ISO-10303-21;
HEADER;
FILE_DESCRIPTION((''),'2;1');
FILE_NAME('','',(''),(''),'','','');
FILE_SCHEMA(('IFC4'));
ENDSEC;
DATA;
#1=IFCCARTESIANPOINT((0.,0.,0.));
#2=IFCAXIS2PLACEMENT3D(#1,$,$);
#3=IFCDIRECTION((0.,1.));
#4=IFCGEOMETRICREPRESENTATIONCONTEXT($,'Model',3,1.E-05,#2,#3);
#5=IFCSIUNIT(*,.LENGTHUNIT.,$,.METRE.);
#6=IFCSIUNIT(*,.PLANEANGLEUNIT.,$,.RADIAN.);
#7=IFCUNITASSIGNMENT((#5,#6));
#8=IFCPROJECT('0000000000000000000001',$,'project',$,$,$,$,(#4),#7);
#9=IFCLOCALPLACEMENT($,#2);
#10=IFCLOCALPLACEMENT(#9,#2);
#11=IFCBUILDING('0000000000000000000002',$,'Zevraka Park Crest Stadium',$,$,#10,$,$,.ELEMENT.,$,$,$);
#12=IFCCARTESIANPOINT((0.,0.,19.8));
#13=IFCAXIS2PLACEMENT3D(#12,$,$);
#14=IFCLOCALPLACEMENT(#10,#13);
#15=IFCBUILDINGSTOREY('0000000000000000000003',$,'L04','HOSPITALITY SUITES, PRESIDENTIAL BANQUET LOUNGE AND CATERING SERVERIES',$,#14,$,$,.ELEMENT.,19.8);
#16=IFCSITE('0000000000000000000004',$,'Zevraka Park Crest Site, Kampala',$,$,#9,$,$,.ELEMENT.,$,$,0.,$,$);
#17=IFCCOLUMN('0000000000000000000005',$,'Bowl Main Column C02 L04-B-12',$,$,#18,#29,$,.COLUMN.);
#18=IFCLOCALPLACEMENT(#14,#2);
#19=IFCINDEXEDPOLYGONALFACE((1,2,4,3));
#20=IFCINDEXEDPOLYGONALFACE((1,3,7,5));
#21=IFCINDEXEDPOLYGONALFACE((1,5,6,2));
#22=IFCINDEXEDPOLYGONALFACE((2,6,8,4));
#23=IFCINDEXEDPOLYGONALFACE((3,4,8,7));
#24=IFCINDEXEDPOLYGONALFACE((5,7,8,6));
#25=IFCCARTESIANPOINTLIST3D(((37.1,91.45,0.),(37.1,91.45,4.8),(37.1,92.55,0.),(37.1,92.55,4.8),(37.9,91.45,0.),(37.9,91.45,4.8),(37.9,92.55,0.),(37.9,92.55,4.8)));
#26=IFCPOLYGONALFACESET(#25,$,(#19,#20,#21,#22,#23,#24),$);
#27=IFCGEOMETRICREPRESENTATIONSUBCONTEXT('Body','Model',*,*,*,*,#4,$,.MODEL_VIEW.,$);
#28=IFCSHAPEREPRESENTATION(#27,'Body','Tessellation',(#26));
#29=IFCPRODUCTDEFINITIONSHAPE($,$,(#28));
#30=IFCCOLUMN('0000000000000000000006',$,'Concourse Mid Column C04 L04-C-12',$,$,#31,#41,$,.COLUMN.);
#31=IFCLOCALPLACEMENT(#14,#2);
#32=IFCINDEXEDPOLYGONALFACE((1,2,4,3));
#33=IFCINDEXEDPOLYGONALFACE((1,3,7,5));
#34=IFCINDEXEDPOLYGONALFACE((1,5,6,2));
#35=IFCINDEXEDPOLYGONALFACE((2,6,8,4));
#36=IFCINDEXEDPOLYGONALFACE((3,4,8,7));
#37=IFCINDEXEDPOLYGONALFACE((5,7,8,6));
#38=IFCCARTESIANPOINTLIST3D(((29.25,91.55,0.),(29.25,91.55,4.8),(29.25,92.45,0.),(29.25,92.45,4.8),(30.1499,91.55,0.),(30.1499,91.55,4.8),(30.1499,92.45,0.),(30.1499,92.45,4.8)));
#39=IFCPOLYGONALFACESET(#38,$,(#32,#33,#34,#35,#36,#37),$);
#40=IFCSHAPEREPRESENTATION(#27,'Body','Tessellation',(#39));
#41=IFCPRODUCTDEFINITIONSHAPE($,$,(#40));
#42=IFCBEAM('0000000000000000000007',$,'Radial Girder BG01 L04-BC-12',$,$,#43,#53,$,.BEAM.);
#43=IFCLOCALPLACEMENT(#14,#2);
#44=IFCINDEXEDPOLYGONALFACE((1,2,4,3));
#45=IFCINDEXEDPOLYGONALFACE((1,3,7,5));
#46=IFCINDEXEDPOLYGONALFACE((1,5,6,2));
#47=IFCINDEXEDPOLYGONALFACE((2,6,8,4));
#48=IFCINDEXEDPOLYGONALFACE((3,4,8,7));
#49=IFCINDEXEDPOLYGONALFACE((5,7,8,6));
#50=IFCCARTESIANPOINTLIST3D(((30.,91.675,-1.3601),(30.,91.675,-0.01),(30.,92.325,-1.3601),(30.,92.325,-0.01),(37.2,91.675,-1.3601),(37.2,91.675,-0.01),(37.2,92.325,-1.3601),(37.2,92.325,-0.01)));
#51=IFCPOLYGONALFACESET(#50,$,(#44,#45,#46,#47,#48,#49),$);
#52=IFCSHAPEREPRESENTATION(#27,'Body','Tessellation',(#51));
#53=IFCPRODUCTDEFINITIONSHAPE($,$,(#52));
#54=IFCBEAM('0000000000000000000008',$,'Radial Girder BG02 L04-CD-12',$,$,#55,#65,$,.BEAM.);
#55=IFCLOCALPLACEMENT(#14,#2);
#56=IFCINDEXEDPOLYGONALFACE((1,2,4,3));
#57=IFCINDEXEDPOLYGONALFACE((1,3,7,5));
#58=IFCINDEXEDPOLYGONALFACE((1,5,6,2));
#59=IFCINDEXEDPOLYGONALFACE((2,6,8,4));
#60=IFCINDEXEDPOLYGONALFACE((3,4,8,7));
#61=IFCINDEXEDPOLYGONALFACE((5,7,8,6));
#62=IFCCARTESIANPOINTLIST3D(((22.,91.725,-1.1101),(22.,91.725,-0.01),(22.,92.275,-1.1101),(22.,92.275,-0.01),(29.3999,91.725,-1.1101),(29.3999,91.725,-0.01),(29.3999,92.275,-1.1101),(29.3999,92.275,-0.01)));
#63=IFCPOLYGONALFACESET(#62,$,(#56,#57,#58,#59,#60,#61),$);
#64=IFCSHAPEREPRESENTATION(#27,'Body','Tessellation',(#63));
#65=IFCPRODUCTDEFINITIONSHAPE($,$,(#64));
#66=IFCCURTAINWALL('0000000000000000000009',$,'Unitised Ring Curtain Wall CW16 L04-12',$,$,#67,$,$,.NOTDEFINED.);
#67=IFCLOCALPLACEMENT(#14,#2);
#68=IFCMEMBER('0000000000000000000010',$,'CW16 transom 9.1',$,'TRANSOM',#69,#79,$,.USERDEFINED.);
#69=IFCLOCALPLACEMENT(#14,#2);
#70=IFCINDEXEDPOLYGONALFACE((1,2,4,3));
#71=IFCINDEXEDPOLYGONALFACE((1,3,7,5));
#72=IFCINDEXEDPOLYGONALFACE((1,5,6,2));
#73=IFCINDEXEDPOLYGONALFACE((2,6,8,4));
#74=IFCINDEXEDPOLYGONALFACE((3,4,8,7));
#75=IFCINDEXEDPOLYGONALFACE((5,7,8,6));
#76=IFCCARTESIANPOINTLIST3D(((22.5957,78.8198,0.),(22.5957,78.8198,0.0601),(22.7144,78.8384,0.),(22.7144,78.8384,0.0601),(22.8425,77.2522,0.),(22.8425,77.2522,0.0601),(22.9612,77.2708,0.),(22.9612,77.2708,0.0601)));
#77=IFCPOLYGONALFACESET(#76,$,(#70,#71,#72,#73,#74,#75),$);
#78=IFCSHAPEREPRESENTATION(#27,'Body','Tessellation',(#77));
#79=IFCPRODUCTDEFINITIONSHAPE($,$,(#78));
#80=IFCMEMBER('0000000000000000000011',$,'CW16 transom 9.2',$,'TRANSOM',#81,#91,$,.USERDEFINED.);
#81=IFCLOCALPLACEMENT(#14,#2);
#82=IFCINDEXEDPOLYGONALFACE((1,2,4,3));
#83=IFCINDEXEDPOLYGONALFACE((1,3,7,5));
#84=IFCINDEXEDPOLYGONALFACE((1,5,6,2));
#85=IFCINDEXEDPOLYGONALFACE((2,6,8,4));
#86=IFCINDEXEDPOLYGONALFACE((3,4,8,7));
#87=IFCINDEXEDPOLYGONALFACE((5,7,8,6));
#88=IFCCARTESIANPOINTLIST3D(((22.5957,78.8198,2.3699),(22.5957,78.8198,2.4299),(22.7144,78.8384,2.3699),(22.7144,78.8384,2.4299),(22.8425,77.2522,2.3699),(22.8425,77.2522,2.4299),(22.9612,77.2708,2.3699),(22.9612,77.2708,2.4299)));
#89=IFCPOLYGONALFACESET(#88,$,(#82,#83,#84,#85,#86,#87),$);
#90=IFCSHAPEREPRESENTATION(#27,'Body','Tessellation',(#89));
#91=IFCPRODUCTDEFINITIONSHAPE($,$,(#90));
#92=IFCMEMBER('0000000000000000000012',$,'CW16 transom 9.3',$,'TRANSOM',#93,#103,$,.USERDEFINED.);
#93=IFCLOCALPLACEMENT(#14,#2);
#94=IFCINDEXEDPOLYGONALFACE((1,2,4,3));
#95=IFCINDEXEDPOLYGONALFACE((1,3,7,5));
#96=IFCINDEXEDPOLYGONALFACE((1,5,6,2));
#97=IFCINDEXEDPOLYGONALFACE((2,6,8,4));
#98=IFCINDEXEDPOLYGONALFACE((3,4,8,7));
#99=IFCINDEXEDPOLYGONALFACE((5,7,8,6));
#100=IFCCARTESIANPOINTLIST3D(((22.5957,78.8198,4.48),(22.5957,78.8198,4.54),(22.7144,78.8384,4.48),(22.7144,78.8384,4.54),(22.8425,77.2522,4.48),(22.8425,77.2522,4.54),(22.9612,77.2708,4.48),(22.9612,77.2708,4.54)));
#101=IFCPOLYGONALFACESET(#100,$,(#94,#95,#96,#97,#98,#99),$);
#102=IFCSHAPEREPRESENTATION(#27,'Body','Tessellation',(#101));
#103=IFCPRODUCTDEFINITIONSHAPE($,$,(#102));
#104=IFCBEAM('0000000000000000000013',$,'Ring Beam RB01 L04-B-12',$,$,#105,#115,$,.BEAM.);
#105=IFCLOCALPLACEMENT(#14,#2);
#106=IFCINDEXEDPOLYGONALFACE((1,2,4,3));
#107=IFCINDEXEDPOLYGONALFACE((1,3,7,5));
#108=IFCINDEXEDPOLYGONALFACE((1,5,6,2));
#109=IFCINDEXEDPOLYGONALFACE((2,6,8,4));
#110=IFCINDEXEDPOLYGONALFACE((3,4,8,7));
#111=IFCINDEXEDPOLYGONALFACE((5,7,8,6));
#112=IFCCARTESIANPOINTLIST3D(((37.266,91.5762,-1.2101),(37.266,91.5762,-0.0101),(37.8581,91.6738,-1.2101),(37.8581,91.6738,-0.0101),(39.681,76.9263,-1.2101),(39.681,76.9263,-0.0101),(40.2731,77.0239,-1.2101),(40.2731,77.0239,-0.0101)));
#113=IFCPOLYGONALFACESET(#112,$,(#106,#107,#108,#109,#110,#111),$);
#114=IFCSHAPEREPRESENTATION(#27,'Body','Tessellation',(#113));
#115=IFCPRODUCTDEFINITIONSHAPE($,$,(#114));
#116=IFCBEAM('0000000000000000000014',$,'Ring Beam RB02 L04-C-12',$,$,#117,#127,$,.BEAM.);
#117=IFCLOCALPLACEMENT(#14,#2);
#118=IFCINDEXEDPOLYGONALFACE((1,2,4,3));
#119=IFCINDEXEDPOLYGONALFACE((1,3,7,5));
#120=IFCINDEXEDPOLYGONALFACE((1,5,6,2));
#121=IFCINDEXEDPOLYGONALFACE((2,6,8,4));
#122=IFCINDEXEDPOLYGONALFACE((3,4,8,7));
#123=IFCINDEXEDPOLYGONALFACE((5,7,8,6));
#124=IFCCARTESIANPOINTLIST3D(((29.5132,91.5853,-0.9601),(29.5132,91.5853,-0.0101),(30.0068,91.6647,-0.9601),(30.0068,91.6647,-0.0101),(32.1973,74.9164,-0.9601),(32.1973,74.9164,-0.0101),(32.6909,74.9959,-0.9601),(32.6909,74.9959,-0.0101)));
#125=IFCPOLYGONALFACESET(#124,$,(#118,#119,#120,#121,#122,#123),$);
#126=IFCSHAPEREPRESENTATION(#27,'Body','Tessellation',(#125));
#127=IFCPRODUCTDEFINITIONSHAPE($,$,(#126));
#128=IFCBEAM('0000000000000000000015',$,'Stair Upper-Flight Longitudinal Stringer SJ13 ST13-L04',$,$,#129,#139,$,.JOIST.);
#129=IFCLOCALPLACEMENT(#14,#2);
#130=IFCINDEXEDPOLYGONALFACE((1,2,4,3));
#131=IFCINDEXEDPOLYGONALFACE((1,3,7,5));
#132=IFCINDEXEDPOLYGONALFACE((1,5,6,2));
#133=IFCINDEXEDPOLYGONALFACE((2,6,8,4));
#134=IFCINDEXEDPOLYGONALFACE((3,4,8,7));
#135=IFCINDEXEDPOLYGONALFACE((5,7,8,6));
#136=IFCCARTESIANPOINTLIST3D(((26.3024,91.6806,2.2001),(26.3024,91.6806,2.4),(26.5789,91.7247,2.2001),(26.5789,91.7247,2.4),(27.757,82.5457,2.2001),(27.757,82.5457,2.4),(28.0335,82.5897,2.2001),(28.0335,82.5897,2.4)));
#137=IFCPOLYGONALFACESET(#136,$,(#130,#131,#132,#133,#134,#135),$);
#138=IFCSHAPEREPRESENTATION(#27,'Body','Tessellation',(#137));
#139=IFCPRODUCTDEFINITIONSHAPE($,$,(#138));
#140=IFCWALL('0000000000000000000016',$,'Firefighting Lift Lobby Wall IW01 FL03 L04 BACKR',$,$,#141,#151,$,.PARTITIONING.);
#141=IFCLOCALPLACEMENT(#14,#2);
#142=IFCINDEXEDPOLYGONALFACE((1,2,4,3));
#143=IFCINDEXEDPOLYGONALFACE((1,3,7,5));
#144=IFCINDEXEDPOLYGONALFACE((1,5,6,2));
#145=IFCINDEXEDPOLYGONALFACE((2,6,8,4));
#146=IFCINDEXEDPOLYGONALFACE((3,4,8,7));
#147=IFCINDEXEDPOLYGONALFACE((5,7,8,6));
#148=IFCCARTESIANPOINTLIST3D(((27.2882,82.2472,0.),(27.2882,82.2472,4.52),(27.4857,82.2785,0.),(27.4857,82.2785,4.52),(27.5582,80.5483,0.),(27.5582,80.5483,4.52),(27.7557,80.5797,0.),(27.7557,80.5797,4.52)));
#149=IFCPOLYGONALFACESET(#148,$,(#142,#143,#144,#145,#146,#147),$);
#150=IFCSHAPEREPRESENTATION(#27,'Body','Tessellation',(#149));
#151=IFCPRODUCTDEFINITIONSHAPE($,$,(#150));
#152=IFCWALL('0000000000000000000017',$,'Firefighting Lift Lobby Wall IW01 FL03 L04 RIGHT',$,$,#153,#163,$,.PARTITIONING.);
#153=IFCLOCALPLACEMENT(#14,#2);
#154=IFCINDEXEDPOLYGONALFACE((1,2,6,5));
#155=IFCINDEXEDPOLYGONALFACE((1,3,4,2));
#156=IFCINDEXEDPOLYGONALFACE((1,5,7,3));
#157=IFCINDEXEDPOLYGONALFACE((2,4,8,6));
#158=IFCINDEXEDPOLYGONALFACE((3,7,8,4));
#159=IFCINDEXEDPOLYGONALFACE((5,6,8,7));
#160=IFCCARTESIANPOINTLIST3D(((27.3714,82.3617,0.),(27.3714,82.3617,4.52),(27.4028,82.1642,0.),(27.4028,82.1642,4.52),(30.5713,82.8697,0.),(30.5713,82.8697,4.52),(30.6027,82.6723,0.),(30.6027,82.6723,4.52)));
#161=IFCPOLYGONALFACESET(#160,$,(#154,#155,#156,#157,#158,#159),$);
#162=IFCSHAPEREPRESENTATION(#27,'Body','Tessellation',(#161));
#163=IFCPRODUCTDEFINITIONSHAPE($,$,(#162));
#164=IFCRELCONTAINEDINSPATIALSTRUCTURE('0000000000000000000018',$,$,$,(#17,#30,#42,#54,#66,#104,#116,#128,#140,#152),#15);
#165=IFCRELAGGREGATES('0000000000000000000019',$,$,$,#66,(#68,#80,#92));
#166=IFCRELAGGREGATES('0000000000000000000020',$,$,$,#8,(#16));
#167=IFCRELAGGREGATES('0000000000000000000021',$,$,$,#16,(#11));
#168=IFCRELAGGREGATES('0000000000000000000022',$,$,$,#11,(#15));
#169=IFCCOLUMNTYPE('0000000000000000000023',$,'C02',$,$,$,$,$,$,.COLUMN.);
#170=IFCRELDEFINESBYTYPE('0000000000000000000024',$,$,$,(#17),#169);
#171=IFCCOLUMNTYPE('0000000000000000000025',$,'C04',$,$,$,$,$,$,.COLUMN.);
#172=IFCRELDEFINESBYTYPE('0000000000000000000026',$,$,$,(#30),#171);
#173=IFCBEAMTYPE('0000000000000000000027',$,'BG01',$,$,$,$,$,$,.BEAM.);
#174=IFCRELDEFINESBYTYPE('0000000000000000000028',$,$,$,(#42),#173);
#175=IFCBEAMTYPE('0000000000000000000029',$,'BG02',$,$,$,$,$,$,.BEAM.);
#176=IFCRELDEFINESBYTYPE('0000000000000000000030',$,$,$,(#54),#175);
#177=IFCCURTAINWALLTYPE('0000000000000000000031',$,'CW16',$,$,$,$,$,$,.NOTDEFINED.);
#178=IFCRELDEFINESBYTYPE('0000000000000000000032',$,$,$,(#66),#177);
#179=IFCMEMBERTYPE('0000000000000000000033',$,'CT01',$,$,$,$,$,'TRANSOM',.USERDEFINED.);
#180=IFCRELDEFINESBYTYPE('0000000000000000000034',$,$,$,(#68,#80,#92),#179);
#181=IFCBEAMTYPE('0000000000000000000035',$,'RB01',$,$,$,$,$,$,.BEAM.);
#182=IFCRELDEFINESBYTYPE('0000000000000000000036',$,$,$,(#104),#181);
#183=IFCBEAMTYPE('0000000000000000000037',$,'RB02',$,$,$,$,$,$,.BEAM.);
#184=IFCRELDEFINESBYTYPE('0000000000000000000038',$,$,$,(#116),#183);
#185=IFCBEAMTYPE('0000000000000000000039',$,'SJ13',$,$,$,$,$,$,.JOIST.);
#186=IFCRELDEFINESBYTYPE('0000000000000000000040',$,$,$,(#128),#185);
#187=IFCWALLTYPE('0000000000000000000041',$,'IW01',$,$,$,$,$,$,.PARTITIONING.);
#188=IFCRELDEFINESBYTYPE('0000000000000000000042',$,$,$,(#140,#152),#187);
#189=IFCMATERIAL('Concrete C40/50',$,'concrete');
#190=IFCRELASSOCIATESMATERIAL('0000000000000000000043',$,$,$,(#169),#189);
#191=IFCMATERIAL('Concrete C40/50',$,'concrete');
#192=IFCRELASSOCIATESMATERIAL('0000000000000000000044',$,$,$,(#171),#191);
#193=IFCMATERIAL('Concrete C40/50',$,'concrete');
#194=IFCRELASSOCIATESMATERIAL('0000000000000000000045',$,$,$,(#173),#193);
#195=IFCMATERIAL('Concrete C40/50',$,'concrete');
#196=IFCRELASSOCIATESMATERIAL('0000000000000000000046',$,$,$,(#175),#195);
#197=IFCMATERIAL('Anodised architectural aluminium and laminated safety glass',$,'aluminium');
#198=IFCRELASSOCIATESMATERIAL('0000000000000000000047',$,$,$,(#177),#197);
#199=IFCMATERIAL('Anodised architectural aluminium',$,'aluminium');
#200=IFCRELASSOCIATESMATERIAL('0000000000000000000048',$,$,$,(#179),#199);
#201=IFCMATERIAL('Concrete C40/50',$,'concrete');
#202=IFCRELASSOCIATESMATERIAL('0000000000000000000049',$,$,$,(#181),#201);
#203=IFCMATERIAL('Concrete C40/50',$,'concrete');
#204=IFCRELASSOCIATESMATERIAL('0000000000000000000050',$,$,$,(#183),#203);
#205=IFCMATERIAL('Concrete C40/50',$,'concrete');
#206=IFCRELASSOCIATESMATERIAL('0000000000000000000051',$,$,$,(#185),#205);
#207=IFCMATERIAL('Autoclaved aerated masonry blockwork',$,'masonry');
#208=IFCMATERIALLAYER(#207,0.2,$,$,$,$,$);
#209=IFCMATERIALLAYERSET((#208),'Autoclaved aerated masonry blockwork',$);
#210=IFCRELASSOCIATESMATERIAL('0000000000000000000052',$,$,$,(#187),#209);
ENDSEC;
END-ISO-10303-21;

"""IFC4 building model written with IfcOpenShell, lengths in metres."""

from ifc_helpers import new_model, si_unit, direction, frame, frame_2d, origin, origin_2d, place, context, subcontext, project, spatial, rectangle, extrude, material, layer, layer_set, material_profile, profile_set, type_object, element, aggregate, save


model = new_model("IFC4")

# Units and contexts
model_context = context("Model", 3, precision=1e-05, world=origin(), true_north=direction((0.0, 1.0)))
body_context = subcontext(model_context, "Body", "Model", "MODEL_VIEW")
ifc_project = project(units=[si_unit("LENGTHUNIT", "METRE"), si_unit("PLANEANGLEUNIT", "RADIAN")], contexts=[model_context])

# Site, building, storey
site_placement = place(None, origin())
site = spatial("IfcSite", under=ifc_project, at=site_placement, Name="Zevraka Park Crest Site, Kampala", CompositionType="ELEMENT", RefElevation=0.0)
building_placement = place(site_placement, origin())
building = spatial("IfcBuilding", under=site, at=building_placement, Name="Zevraka Park Crest Stadium", CompositionType="ELEMENT")
storey_placement = place(building_placement, frame((0.0, 0.0, 19.8)))
storey = spatial("IfcBuildingStorey", under=building, at=storey_placement, Name="L04", Description="HOSPITALITY SUITES, PRESIDENTIAL BANQUET LOUNGE AND CATERING SERVERIES", CompositionType="ELEMENT", Elevation=19.8)

# Columns
ifc_material_1 = material(Name="Concrete C40/50", Category="concrete")
ifc_material_profile_1 = material_profile(ifc_material_1, rectangle(XDim=0.8, YDim=1.1001, at=origin_2d()), Name="RC 1100x800")
ifc_profile_set_1 = profile_set([ifc_material_profile_1], Name="Concrete C40/50")
column_type_1 = type_object("IfcColumnType", Name="C02", PredefinedType="COLUMN", material=ifc_profile_set_1)
column_1_placement = place(storey_placement, frame((37.5, 92.0, 0.0), z_axis=(0.0, 0.0, 1.0), x_axis=(1.0, 0.0, 0.0)))
element("IfcColumn", 1, at=column_1_placement, inside=storey, type_object=column_type_1, Name="Bowl Main Column C02 L04-B-12", PredefinedType="COLUMN", context=body_context, shape_type="SweptSolid", body=[
    extrude(rectangle(XDim=0.8, YDim=1.1001, at=origin_2d()), origin(), (0.0, 0.0, 1.0), 4.8),
])
ifc_material_2 = material(Name="Concrete C40/50", Category="concrete")
ifc_material_profile_2 = material_profile(ifc_material_2, rectangle(XDim=0.8999, YDim=0.8999, at=origin_2d()), Name="RC 900x900")
ifc_profile_set_2 = profile_set([ifc_material_profile_2], Name="Concrete C40/50")
column_type_2 = type_object("IfcColumnType", Name="C04", PredefinedType="COLUMN", material=ifc_profile_set_2)
column_2_placement = place(storey_placement, frame((29.7, 92.0, 0.0), z_axis=(0.0, 0.0, 1.0), x_axis=(1.0, 0.0, 0.0)))
element("IfcColumn", 2, at=column_2_placement, inside=storey, type_object=column_type_2, Name="Concourse Mid Column C04 L04-C-12", PredefinedType="COLUMN", context=body_context, shape_type="SweptSolid", body=[
    extrude(rectangle(XDim=0.8999, YDim=0.8999, at=origin_2d()), origin(), (0.0, 0.0, 1.0), 4.8),
])

# Beams
ifc_material_3 = material(Name="Concrete C40/50", Category="concrete")
ifc_material_profile_3 = material_profile(ifc_material_3, rectangle(XDim=0.6499, YDim=1.3501, at=origin_2d()), Name="RC 1350x650")
ifc_profile_set_3 = profile_set([ifc_material_profile_3], Name="Concrete C40/50")
beam_type_1 = type_object("IfcBeamType", Name="BG01", PredefinedType="BEAM", material=ifc_profile_set_3)
beam_1_placement = place(storey_placement, frame((37.2, 92.0, -0.6851), z_axis=(-1.0, 0.0, 0.0), x_axis=(0.0, -1.0, 0.0)))
element("IfcBeam", 3, at=beam_1_placement, inside=storey, type_object=beam_type_1, Name="Radial Girder BG01 L04-BC-12", PredefinedType="BEAM", context=body_context, shape_type="SweptSolid", body=[
    extrude(rectangle(XDim=0.6499, YDim=1.3501, at=origin_2d()), origin(), (0.0, 0.0, 1.0), 7.2),
])
ifc_material_4 = material(Name="Concrete C40/50", Category="concrete")
ifc_material_profile_4 = material_profile(ifc_material_4, rectangle(XDim=0.55, YDim=1.1001, at=origin_2d()), Name="RC 1100x550")
ifc_profile_set_4 = profile_set([ifc_material_profile_4], Name="Concrete C40/50")
beam_type_2 = type_object("IfcBeamType", Name="BG02", PredefinedType="BEAM", material=ifc_profile_set_4)
beam_2_placement = place(storey_placement, frame((29.3999, 92.0, -0.5601), z_axis=(-1.0, 0.0, 0.0), x_axis=(0.0, -1.0, 0.0)))
element("IfcBeam", 4, at=beam_2_placement, inside=storey, type_object=beam_type_2, Name="Radial Girder BG02 L04-CD-12", PredefinedType="BEAM", context=body_context, shape_type="SweptSolid", body=[
    extrude(rectangle(XDim=0.55, YDim=1.1001, at=origin_2d()), origin(), (0.0, 0.0, 1.0), 7.3999),
])

# Curtain wall, members
ifc_material_5 = material(Name="Anodised architectural aluminium and laminated safety glass", Category="aluminium")
curtain_wall_type = type_object("IfcCurtainWallType", Name="CW16", PredefinedType="NOTDEFINED", material=ifc_material_5)
curtain_wall_placement = place(storey_placement, origin())
curtain_wall = element("IfcCurtainWall", 5, at=curtain_wall_placement, inside=storey, type_object=curtain_wall_type, Name="Unitised Ring Curtain Wall CW16 L04-12", PredefinedType="NOTDEFINED")
ifc_material_6 = material(Name="Anodised architectural aluminium", Category="aluminium")
ifc_material_profile_5 = material_profile(ifc_material_6, rectangle(XDim=0.1201, YDim=0.0601, at=origin_2d()), Name="ALU TRANSOM 120x60")
ifc_profile_set_5 = profile_set([ifc_material_profile_5], Name="Anodised architectural aluminium")
member_type = type_object("IfcMemberType", Name="CT01", ElementType="TRANSOM", PredefinedType="USERDEFINED", material=ifc_profile_set_5)
member_1_placement = place(storey_placement, frame((22.655, 78.8291, 0.03), z_axis=(0.155536, -0.98783, 0.0), x_axis=(0.98783, 0.155536, 0.0)))
member_1 = element("IfcMember", 6, at=member_1_placement, type_object=member_type, Name="CW16 transom 9.1", ObjectType="TRANSOM", PredefinedType="USERDEFINED", context=body_context, shape_type="SweptSolid", body=[
    extrude(rectangle(XDim=0.1201, YDim=0.0601, at=origin_2d()), origin(), (0.0, 0.0, 1.0), 1.5869),
])
member_2_placement = place(storey_placement, frame((22.655, 78.8291, 2.3999), z_axis=(0.155536, -0.98783, 0.0), x_axis=(0.98783, 0.155536, 0.0)))
member_2 = element("IfcMember", 7, at=member_2_placement, type_object=member_type, Name="CW16 transom 9.2", ObjectType="TRANSOM", PredefinedType="USERDEFINED", context=body_context, shape_type="SweptSolid", body=[
    extrude(rectangle(XDim=0.1201, YDim=0.0601, at=origin_2d()), origin(), (0.0, 0.0, 1.0), 1.5869),
])
member_3_placement = place(storey_placement, frame((22.655, 78.8291, 4.51), z_axis=(0.155536, -0.98783, 0.0), x_axis=(0.98783, 0.155536, 0.0)))
member_3 = element("IfcMember", 8, at=member_3_placement, type_object=member_type, Name="CW16 transom 9.3", ObjectType="TRANSOM", PredefinedType="USERDEFINED", context=body_context, shape_type="SweptSolid", body=[
    extrude(rectangle(XDim=0.1201, YDim=0.0601, at=origin_2d()), origin(), (0.0, 0.0, 1.0), 1.5869),
])
aggregate(curtain_wall, [member_1, member_2, member_3])

# Beams
ifc_material_7 = material(Name="Concrete C40/50", Category="concrete")
ifc_material_profile_6 = material_profile(ifc_material_7, rectangle(XDim=0.6001, YDim=1.2, at=origin_2d()), Name="RC 1200x600")
ifc_profile_set_6 = profile_set([ifc_material_profile_6], Name="Concrete C40/50")
beam_type_3 = type_object("IfcBeamType", Name="RB01", PredefinedType="BEAM", material=ifc_profile_set_6)
beam_3_placement = place(storey_placement, frame((37.562, 91.625, -0.6101), z_axis=(0.162655, -0.986683, 0.0), x_axis=(0.986683, 0.162655, 0.0)))
element("IfcBeam", 9, at=beam_3_placement, inside=storey, type_object=beam_type_3, Name="Ring Beam RB01 L04-B-12", PredefinedType="BEAM", context=body_context, shape_type="SweptSolid", body=[
    extrude(rectangle(XDim=0.6001, YDim=1.2, at=origin_2d()), origin(), (0.0, 0.0, 1.0), 14.8477),
])
ifc_material_8 = material(Name="Concrete C40/50", Category="concrete")
ifc_material_profile_7 = material_profile(ifc_material_8, rectangle(XDim=0.5, YDim=0.95, at=origin_2d()), Name="RC 950x500")
ifc_profile_set_7 = profile_set([ifc_material_profile_7], Name="Concrete C40/50")
beam_type_4 = type_object("IfcBeamType", Name="RB02", PredefinedType="BEAM", material=ifc_profile_set_7)
beam_4_placement = place(storey_placement, frame((29.76, 91.625, -0.4851), z_axis=(0.158975, -0.987283, 0.0), x_axis=(0.987283, 0.158975, 0.0)))
element("IfcBeam", 10, at=beam_4_placement, inside=storey, type_object=beam_type_4, Name="Ring Beam RB02 L04-C-12", PredefinedType="BEAM", context=body_context, shape_type="SweptSolid", body=[
    extrude(rectangle(XDim=0.5, YDim=0.95, at=origin_2d()), origin(), (0.0, 0.0, 1.0), 16.8835),
])
ifc_material_9 = material(Name="Concrete C40/50", Category="concrete")
ifc_material_profile_8 = material_profile(ifc_material_9, rectangle(XDim=0.28, YDim=0.2, at=origin_2d()), Name="RC 200x280")
ifc_profile_set_8 = profile_set([ifc_material_profile_8], Name="Concrete C40/50")
beam_type_5 = type_object("IfcBeamType", Name="SJ13", PredefinedType="JOIST", material=ifc_profile_set_8)
beam_5_placement = place(storey_placement, frame((26.4407, 91.7026, 2.3), z_axis=(0.157251, -0.987559, 0.0), x_axis=(0.987559, 0.157251, 0.0)))
element("IfcBeam", 11, at=beam_5_placement, inside=storey, type_object=beam_type_5, Name="Stair Upper-Flight Longitudinal Stringer SJ13 ST13-L04", PredefinedType="JOIST", context=body_context, shape_type="SweptSolid", body=[
    extrude(rectangle(XDim=0.28, YDim=0.2, at=origin_2d()), origin(), (0.0, 0.0, 1.0), 9.25),
])

# Walls
ifc_material_10 = material(Name="Autoclaved aerated masonry blockwork", Category="masonry")
ifc_layer_1 = layer(ifc_material_10, 0.2)
ifc_layer_set_1 = layer_set([ifc_layer_1], Name="Autoclaved aerated masonry blockwork")
wall_type_1 = type_object("IfcWallType", Name="IW01", PredefinedType="PARTITIONING", material=ifc_layer_set_1)
wall_1_placement = place(storey_placement, frame((27.657, 80.564, 0.0), z_axis=(0.0, 0.0, 1.0), x_axis=(-0.156961, 0.987605, 0.0)))
element("IfcWall", 12, at=wall_1_placement, inside=storey, type_object=wall_type_1, Name="Firefighting Lift Lobby Wall IW01 FL03 L04 BACKR", PredefinedType="PARTITIONING", context=body_context, shape_type="SweptSolid", body=[
    extrude(rectangle(XDim=1.7202, YDim=0.2, at=frame_2d((0.8601, 0.0))), origin(), (0.0, 0.0, 1.0), 4.52),
])
wall_2_placement = place(storey_placement, frame((27.387, 82.2629, 0.0), z_axis=(0.0, 0.0, 1.0), x_axis=(0.987629, 0.156806, 0.0)))
element("IfcWall", 13, at=wall_2_placement, inside=storey, type_object=wall_type_1, Name="Firefighting Lift Lobby Wall IW01 FL03 L04 RIGHT", PredefinedType="PARTITIONING", context=body_context, shape_type="SweptSolid", body=[
    extrude(rectangle(XDim=3.24, YDim=0.2, at=frame_2d((1.6201, 0.0))), origin(), (0.0, 0.0, 1.0), 4.52),
])

save(model, "model.ifc")
